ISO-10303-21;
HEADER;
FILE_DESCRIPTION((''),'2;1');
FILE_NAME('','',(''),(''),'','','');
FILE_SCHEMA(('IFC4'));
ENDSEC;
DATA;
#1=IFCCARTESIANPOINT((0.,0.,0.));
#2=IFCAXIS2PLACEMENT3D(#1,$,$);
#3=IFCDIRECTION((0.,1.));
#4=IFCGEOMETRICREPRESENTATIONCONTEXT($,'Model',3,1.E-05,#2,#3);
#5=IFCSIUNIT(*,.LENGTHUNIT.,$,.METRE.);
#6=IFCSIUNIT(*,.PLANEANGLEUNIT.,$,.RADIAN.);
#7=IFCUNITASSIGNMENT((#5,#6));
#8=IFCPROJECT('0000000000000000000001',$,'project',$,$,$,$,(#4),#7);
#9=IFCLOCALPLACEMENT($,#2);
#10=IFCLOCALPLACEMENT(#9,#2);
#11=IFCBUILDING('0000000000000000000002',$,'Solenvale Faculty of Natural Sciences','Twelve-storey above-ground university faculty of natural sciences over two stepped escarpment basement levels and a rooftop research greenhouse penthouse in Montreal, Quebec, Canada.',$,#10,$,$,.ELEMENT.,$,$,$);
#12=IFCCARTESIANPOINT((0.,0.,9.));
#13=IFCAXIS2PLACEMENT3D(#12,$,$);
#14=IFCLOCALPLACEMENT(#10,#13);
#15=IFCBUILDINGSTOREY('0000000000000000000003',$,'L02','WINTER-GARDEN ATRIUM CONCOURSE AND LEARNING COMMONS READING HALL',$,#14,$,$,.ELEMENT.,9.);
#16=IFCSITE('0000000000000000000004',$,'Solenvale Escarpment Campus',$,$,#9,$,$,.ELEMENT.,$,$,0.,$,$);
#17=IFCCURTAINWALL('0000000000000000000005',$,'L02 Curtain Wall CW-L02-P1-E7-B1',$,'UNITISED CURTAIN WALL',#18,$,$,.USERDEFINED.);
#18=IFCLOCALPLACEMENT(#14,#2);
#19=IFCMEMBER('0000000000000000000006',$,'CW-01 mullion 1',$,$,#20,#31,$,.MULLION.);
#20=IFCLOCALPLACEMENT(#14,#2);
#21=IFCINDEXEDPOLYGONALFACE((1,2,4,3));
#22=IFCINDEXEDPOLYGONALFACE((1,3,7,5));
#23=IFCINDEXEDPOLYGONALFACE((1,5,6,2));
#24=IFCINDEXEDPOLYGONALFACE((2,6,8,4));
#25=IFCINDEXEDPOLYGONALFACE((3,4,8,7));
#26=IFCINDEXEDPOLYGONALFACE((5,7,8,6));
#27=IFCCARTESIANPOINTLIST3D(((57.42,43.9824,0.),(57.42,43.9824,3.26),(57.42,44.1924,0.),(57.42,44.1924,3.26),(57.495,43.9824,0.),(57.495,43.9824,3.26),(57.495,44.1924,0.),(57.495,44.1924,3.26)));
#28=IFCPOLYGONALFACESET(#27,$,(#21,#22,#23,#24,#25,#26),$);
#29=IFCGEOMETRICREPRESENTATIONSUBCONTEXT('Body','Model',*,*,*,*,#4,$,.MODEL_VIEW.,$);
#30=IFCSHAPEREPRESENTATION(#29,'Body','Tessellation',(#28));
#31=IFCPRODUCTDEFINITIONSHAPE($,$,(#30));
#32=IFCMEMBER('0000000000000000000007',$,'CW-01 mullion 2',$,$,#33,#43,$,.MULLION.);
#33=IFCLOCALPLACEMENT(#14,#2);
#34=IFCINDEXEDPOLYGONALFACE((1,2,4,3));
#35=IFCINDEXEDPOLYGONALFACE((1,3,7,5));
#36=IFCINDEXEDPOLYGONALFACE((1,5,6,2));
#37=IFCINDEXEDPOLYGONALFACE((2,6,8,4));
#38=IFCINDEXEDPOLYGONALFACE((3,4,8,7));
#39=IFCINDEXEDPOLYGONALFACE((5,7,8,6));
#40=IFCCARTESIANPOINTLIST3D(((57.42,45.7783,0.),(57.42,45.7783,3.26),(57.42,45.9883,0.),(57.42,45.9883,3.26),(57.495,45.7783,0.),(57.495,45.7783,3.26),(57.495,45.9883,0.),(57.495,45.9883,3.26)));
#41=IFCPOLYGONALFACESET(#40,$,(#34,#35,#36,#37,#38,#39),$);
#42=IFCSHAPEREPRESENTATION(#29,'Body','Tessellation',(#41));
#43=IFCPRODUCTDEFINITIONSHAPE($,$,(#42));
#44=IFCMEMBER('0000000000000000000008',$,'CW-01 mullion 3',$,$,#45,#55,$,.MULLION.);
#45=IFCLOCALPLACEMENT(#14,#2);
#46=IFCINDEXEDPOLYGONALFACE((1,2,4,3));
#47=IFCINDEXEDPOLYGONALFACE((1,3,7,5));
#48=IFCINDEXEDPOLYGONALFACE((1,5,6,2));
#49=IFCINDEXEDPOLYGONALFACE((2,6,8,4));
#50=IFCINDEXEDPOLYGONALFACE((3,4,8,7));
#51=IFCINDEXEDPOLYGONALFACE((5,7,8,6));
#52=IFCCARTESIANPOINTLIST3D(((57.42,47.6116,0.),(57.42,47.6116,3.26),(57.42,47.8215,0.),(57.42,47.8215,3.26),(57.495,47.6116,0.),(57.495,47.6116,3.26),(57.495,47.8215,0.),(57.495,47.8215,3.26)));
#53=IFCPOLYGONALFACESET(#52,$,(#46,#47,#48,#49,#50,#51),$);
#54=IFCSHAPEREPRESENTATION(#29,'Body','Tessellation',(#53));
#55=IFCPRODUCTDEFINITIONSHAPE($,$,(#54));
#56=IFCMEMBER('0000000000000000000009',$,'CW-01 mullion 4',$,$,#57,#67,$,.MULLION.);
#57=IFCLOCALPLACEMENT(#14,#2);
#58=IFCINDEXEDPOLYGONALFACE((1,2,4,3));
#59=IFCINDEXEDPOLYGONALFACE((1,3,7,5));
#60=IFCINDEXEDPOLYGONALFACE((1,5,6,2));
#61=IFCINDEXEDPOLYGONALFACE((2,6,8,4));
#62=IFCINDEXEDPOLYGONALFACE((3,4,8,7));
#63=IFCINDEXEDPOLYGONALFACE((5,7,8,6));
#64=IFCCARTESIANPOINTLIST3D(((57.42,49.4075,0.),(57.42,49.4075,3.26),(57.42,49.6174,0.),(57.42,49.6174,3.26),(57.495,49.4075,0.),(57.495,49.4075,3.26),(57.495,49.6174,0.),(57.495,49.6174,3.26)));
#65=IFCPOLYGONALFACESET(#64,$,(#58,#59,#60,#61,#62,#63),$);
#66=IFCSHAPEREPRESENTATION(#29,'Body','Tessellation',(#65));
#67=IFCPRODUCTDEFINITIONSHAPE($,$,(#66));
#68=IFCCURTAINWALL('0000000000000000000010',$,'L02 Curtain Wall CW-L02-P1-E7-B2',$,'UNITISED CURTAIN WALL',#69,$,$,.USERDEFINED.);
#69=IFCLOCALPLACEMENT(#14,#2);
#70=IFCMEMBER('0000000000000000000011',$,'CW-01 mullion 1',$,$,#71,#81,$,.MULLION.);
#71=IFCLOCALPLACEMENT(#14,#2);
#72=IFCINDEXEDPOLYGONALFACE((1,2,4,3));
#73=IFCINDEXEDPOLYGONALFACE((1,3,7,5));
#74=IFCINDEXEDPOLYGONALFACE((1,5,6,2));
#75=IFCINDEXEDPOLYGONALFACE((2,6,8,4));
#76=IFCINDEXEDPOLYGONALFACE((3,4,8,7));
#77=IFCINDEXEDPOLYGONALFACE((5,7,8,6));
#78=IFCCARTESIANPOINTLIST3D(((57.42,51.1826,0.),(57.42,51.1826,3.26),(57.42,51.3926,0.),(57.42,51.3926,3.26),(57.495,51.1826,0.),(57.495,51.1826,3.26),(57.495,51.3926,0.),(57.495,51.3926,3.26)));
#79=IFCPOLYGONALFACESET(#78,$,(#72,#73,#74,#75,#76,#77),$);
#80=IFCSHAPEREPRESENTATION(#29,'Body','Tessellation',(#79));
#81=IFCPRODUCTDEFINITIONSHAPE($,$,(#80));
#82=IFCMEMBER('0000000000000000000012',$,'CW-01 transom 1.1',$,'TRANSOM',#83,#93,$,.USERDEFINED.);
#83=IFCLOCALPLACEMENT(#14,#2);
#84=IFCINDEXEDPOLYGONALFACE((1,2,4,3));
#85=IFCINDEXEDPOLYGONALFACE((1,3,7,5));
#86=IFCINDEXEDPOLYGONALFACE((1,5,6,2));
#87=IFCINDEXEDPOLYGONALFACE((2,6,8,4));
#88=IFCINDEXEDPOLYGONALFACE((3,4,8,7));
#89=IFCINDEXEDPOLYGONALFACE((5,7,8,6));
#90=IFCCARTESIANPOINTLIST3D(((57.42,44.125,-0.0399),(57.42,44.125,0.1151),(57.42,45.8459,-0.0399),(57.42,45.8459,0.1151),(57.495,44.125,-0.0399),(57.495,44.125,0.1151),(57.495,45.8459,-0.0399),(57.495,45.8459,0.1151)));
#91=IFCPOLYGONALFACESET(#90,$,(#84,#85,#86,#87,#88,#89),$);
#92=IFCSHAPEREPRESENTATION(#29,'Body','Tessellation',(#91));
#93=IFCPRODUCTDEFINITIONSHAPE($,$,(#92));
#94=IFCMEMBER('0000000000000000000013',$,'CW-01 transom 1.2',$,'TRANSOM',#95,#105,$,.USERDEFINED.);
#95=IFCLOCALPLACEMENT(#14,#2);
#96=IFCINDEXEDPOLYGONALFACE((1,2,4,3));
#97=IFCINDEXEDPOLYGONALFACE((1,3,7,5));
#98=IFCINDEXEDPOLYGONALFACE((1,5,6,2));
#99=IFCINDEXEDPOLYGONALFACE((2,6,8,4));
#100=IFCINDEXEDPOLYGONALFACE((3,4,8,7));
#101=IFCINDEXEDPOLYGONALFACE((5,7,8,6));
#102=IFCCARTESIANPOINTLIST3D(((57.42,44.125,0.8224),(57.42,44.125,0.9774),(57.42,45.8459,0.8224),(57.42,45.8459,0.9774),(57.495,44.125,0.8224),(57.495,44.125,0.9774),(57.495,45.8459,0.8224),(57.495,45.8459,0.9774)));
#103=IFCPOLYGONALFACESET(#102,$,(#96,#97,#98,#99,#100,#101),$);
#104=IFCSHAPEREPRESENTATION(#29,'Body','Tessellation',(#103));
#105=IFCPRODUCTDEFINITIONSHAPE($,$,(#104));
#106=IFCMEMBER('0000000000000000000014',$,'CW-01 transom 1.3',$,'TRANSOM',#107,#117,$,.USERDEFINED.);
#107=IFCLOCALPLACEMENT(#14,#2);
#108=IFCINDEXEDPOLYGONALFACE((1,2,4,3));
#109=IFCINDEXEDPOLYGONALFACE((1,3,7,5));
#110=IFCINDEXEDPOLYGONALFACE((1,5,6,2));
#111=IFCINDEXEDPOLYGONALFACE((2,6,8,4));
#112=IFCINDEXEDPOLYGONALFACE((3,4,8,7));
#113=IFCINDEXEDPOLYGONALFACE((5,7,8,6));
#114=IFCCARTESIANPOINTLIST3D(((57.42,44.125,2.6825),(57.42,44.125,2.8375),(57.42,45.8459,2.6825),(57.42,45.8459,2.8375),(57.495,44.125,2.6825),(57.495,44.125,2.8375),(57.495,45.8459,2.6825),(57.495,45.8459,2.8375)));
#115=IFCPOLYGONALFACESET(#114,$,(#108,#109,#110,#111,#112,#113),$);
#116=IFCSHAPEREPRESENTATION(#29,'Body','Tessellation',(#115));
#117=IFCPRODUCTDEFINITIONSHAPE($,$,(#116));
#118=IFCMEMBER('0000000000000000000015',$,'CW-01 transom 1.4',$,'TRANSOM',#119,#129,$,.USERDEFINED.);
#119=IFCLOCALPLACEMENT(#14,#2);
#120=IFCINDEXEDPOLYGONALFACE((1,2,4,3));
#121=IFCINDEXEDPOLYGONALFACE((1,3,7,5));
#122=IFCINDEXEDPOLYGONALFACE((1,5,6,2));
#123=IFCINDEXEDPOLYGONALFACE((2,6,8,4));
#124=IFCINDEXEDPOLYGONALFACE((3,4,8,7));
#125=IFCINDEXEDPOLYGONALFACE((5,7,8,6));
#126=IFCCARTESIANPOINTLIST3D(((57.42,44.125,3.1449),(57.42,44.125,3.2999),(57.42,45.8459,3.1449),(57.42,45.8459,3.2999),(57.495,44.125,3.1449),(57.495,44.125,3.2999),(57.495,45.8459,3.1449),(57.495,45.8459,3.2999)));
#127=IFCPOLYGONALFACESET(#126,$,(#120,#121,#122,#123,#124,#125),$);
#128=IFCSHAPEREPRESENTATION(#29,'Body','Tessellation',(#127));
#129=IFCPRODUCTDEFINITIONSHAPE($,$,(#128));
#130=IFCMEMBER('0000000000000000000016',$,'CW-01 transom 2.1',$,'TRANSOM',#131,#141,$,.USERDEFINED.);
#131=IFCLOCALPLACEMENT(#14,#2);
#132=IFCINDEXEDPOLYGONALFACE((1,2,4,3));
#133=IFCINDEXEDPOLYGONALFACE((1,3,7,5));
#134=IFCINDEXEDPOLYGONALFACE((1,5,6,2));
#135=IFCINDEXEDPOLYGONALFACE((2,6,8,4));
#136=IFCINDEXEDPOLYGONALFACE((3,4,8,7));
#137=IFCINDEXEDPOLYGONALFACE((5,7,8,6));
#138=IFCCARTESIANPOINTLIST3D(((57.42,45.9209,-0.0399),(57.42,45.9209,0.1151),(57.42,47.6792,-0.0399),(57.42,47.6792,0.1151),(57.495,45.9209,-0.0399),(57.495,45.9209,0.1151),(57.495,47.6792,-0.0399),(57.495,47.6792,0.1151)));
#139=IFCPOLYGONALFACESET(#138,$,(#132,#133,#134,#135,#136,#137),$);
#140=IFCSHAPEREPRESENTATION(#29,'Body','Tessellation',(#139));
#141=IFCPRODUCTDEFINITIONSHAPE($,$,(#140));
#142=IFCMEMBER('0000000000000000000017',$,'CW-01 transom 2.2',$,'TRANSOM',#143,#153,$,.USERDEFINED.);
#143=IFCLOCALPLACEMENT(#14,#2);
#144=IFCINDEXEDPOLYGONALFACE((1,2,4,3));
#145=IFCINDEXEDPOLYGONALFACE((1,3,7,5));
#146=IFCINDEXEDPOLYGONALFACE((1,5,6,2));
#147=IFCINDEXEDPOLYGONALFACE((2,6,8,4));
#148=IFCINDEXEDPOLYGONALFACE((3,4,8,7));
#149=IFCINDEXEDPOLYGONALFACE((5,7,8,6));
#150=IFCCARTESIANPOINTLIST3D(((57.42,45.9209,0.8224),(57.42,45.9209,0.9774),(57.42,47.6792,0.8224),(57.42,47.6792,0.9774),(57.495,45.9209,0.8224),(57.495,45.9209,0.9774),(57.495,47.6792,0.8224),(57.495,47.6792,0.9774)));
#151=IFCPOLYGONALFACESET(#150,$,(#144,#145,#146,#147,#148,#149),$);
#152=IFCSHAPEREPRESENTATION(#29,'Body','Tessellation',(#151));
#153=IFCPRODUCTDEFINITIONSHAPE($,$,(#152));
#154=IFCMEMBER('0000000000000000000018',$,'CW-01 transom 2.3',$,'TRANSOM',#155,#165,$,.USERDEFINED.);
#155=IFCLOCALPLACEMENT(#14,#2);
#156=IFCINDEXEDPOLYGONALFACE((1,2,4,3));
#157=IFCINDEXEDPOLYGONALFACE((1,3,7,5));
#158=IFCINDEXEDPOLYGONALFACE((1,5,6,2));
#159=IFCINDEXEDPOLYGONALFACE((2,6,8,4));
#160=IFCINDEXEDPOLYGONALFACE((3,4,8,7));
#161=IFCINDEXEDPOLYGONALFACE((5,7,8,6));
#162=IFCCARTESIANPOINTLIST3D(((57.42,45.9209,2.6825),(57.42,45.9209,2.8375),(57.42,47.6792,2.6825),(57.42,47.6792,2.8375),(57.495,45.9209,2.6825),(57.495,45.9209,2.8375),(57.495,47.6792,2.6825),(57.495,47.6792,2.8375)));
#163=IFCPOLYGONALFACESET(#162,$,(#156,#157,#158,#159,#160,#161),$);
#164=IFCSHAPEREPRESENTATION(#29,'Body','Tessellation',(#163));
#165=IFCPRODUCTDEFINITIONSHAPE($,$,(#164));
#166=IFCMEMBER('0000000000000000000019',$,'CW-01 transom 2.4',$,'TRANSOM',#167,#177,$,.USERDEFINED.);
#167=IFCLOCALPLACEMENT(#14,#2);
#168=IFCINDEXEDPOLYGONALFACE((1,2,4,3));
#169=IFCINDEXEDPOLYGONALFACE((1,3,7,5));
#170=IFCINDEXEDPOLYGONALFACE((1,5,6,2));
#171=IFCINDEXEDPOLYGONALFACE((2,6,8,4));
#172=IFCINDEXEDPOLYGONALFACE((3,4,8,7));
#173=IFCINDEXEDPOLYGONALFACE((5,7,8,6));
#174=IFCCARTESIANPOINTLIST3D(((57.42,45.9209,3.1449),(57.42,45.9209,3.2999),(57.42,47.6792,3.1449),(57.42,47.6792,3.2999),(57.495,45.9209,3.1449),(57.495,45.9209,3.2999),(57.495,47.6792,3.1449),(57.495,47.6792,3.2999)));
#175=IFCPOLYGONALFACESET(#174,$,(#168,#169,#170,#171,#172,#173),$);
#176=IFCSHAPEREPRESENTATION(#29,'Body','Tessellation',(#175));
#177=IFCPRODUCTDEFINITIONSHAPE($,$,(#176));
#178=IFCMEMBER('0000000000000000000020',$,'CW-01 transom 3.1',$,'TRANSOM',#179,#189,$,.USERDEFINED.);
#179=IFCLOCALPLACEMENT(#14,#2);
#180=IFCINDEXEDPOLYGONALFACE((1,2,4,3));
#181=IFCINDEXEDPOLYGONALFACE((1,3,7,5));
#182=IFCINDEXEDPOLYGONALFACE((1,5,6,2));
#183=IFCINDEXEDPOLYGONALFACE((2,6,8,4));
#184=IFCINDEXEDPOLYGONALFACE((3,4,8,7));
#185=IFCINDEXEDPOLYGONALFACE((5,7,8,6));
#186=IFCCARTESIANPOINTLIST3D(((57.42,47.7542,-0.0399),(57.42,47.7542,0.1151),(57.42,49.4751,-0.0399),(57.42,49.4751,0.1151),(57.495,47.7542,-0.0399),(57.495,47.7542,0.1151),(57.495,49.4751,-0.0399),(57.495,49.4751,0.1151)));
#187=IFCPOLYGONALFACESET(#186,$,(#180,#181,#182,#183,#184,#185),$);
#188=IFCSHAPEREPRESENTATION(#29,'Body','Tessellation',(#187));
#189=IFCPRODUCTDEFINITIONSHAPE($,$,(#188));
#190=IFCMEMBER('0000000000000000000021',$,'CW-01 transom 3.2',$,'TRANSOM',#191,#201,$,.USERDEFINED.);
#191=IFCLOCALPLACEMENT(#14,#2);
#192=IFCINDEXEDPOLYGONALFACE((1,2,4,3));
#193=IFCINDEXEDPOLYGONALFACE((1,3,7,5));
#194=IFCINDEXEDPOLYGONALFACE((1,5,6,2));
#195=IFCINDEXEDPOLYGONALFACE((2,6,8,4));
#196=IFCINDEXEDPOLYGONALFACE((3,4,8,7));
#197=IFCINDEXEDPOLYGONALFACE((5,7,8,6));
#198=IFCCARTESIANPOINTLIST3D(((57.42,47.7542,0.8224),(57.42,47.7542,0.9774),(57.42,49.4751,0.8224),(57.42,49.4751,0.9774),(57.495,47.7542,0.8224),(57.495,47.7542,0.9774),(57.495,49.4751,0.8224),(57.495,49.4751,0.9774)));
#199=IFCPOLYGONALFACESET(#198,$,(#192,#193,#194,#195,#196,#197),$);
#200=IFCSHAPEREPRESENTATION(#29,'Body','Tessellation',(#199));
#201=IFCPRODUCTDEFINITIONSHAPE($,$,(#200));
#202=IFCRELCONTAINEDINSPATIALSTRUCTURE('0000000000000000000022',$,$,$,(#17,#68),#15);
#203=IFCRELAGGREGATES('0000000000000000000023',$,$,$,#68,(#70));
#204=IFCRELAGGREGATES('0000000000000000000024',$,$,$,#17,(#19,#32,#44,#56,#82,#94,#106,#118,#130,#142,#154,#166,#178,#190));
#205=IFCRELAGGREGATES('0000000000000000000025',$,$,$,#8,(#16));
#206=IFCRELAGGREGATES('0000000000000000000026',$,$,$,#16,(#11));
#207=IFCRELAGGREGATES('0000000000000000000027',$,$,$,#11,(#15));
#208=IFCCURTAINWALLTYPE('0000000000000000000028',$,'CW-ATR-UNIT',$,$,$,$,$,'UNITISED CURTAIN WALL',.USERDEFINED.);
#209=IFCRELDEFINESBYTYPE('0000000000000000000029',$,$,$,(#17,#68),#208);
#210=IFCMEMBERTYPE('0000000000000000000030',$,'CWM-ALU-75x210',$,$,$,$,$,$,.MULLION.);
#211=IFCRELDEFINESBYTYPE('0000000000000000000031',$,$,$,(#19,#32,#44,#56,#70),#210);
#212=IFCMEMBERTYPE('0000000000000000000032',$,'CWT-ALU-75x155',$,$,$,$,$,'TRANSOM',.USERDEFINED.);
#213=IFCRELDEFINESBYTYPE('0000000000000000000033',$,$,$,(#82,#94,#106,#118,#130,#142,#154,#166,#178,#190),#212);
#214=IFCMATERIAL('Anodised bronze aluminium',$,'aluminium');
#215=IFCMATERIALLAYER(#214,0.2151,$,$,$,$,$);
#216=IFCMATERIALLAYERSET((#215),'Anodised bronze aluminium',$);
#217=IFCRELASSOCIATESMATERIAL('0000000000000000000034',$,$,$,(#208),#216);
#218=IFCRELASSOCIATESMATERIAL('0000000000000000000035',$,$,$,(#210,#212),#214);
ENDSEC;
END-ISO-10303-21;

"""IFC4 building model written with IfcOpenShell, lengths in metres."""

from ifc_helpers import new_model, si_unit, direction, frame, origin, origin_2d, place, context, subcontext, project, spatial, rectangle, extrude, material, layer, layer_set, material_profile, profile_set, type_object, element, aggregate, save


model = new_model("IFC4")

# Units and contexts
model_context = context("Model", 3, precision=1e-05, world=origin(), true_north=direction((0.0, 1.0)))
body_context = subcontext(model_context, "Body", "Model", "MODEL_VIEW")
ifc_project = project(units=[si_unit("LENGTHUNIT", "METRE"), si_unit("PLANEANGLEUNIT", "RADIAN")], contexts=[model_context])

# Site, building, storey
site_placement = place(None, origin())
site = spatial("IfcSite", under=ifc_project, at=site_placement, Name="Solenvale Escarpment Campus", CompositionType="ELEMENT", RefElevation=0.0)
building_placement = place(site_placement, origin())
building = spatial("IfcBuilding", under=site, at=building_placement, Name="Solenvale Faculty of Natural Sciences", Description="Twelve-storey above-ground university faculty of natural sciences over two stepped escarpment basement levels and a rooftop research greenhouse penthouse in Montreal, Quebec, Canada.", CompositionType="ELEMENT")
storey_placement = place(building_placement, frame((0.0, 0.0, 9.0)))
storey = spatial("IfcBuildingStorey", under=building, at=storey_placement, Name="L02", Description="WINTER-GARDEN ATRIUM CONCOURSE AND LEARNING COMMONS READING HALL", CompositionType="ELEMENT", Elevation=9.0)

# Curtain wall, members
ifc_material_1 = material(Name="Anodised bronze aluminium", Category="aluminium")
ifc_layer_1 = layer(ifc_material_1, 0.2151)
ifc_layer_set_1 = layer_set([ifc_layer_1], Name="Anodised bronze aluminium")
curtain_wall_type = type_object("IfcCurtainWallType", Name="CW-ATR-UNIT", ElementType="UNITISED CURTAIN WALL", PredefinedType="USERDEFINED", material=ifc_layer_set_1)
curtain_wall_1_placement = place(storey_placement, origin())
curtain_wall_1 = element("IfcCurtainWall", 1, at=curtain_wall_1_placement, inside=storey, type_object=curtain_wall_type, Name="L02 Curtain Wall CW-L02-P1-E7-B1", ObjectType="UNITISED CURTAIN WALL", PredefinedType="USERDEFINED")
ifc_material_profile_1 = material_profile(ifc_material_1, rectangle(XDim=0.075, YDim=0.21, at=origin_2d()), Name="ALU-MUL-75x210")
ifc_profile_set_1 = profile_set([ifc_material_profile_1], Name="Anodised bronze aluminium")
member_type_1 = type_object("IfcMemberType", Name="CWM-ALU-75x210", PredefinedType="MULLION", material=ifc_profile_set_1)
member_1_placement = place(storey_placement, frame((57.4575, 44.0874, 0.0), z_axis=(0.0, 0.0, 1.0), x_axis=(-1.0, 0.0, 0.0)))
member_1 = element("IfcMember", 2, at=member_1_placement, type_object=member_type_1, Name="CW-01 mullion 1", PredefinedType="MULLION", context=body_context, shape_type="SweptSolid", body=[
    extrude(rectangle(XDim=0.075, YDim=0.21, at=origin_2d()), origin(), (0.0, 0.0, 1.0), 3.26),
])
member_2_placement = place(storey_placement, frame((57.4575, 45.8833, 0.0), z_axis=(0.0, 0.0, 1.0), x_axis=(-1.0, 0.0, 0.0)))
member_2 = element("IfcMember", 3, at=member_2_placement, type_object=member_type_1, Name="CW-01 mullion 2", PredefinedType="MULLION", context=body_context, shape_type="SweptSolid", body=[
    extrude(rectangle(XDim=0.075, YDim=0.21, at=origin_2d()), origin(), (0.0, 0.0, 1.0), 3.26),
])
member_3_placement = place(storey_placement, frame((57.4575, 47.7166, 0.0), z_axis=(0.0, 0.0, 1.0), x_axis=(-1.0, 0.0, 0.0)))
member_3 = element("IfcMember", 4, at=member_3_placement, type_object=member_type_1, Name="CW-01 mullion 3", PredefinedType="MULLION", context=body_context, shape_type="SweptSolid", body=[
    extrude(rectangle(XDim=0.075, YDim=0.21, at=origin_2d()), origin(), (0.0, 0.0, 1.0), 3.26),
])
member_4_placement = place(storey_placement, frame((57.4575, 49.5125, 0.0), z_axis=(0.0, 0.0, 1.0), x_axis=(-1.0, 0.0, 0.0)))
member_4 = element("IfcMember", 5, at=member_4_placement, type_object=member_type_1, Name="CW-01 mullion 4", PredefinedType="MULLION", context=body_context, shape_type="SweptSolid", body=[
    extrude(rectangle(XDim=0.075, YDim=0.21, at=origin_2d()), origin(), (0.0, 0.0, 1.0), 3.26),
])

# Curtain wall, member
curtain_wall_2_placement = place(storey_placement, origin())
curtain_wall_2 = element("IfcCurtainWall", 6, at=curtain_wall_2_placement, inside=storey, type_object=curtain_wall_type, Name="L02 Curtain Wall CW-L02-P1-E7-B2", ObjectType="UNITISED CURTAIN WALL", PredefinedType="USERDEFINED")
member_5_placement = place(storey_placement, frame((57.4575, 51.2876, 0.0), z_axis=(0.0, 0.0, 1.0), x_axis=(-1.0, 0.0, 0.0)))
member_5 = element("IfcMember", 7, at=member_5_placement, type_object=member_type_1, Name="CW-01 mullion 1", PredefinedType="MULLION", context=body_context, shape_type="SweptSolid", body=[
    extrude(rectangle(XDim=0.075, YDim=0.21, at=origin_2d()), origin(), (0.0, 0.0, 1.0), 3.26),
])

# Members
ifc_material_profile_2 = material_profile(ifc_material_1, rectangle(XDim=0.075, YDim=0.155, at=origin_2d()), Name="ALU-TRN-75x155")
ifc_profile_set_2 = profile_set([ifc_material_profile_2], Name="Anodised bronze aluminium")
member_type_2 = type_object("IfcMemberType", Name="CWT-ALU-75x155", ElementType="TRANSOM", PredefinedType="USERDEFINED", material=ifc_profile_set_2)
member_6_placement = place(storey_placement, frame((57.4575, 44.125, 0.0376), z_axis=(0.0, 1.0, 0.0), x_axis=(-1.0, 0.0, 0.0)))
member_6 = element("IfcMember", 8, at=member_6_placement, type_object=member_type_2, Name="CW-01 transom 1.1", ObjectType="TRANSOM", PredefinedType="USERDEFINED", context=body_context, shape_type="SweptSolid", body=[
    extrude(rectangle(XDim=0.075, YDim=0.155, at=origin_2d()), origin(), (0.0, 0.0, 1.0), 1.7209),
])
member_7_placement = place(storey_placement, frame((57.4575, 44.125, 0.8999), z_axis=(0.0, 1.0, 0.0), x_axis=(-1.0, 0.0, 0.0)))
member_7 = element("IfcMember", 9, at=member_7_placement, type_object=member_type_2, Name="CW-01 transom 1.2", ObjectType="TRANSOM", PredefinedType="USERDEFINED", context=body_context, shape_type="SweptSolid", body=[
    extrude(rectangle(XDim=0.075, YDim=0.155, at=origin_2d()), origin(), (0.0, 0.0, 1.0), 1.7209),
])
member_8_placement = place(storey_placement, frame((57.4575, 44.125, 2.76), z_axis=(0.0, 1.0, 0.0), x_axis=(-1.0, 0.0, 0.0)))
member_8 = element("IfcMember", 10, at=member_8_placement, type_object=member_type_2, Name="CW-01 transom 1.3", ObjectType="TRANSOM", PredefinedType="USERDEFINED", context=body_context, shape_type="SweptSolid", body=[
    extrude(rectangle(XDim=0.075, YDim=0.155, at=origin_2d()), origin(), (0.0, 0.0, 1.0), 1.7209),
])
member_9_placement = place(storey_placement, frame((57.4575, 44.125, 3.2224), z_axis=(0.0, 1.0, 0.0), x_axis=(-1.0, 0.0, 0.0)))
member_9 = element("IfcMember", 11, at=member_9_placement, type_object=member_type_2, Name="CW-01 transom 1.4", ObjectType="TRANSOM", PredefinedType="USERDEFINED", context=body_context, shape_type="SweptSolid", body=[
    extrude(rectangle(XDim=0.075, YDim=0.155, at=origin_2d()), origin(), (0.0, 0.0, 1.0), 1.7209),
])
member_10_placement = place(storey_placement, frame((57.4575, 45.9209, 0.0376), z_axis=(0.0, 1.0, 0.0), x_axis=(-1.0, 0.0, 0.0)))
member_10 = element("IfcMember", 12, at=member_10_placement, type_object=member_type_2, Name="CW-01 transom 2.1", ObjectType="TRANSOM", PredefinedType="USERDEFINED", context=body_context, shape_type="SweptSolid", body=[
    extrude(rectangle(XDim=0.075, YDim=0.155, at=origin_2d()), origin(), (0.0, 0.0, 1.0), 1.7583),
])
member_11_placement = place(storey_placement, frame((57.4575, 45.9209, 0.8999), z_axis=(0.0, 1.0, 0.0), x_axis=(-1.0, 0.0, 0.0)))
member_11 = element("IfcMember", 13, at=member_11_placement, type_object=member_type_2, Name="CW-01 transom 2.2", ObjectType="TRANSOM", PredefinedType="USERDEFINED", context=body_context, shape_type="SweptSolid", body=[
    extrude(rectangle(XDim=0.075, YDim=0.155, at=origin_2d()), origin(), (0.0, 0.0, 1.0), 1.7583),
])
member_12_placement = place(storey_placement, frame((57.4575, 45.9209, 2.76), z_axis=(0.0, 1.0, 0.0), x_axis=(-1.0, 0.0, 0.0)))
member_12 = element("IfcMember", 14, at=member_12_placement, type_object=member_type_2, Name="CW-01 transom 2.3", ObjectType="TRANSOM", PredefinedType="USERDEFINED", context=body_context, shape_type="SweptSolid", body=[
    extrude(rectangle(XDim=0.075, YDim=0.155, at=origin_2d()), origin(), (0.0, 0.0, 1.0), 1.7583),
])
member_13_placement = place(storey_placement, frame((57.4575, 45.9209, 3.2224), z_axis=(0.0, 1.0, 0.0), x_axis=(-1.0, 0.0, 0.0)))
member_13 = element("IfcMember", 15, at=member_13_placement, type_object=member_type_2, Name="CW-01 transom 2.4", ObjectType="TRANSOM", PredefinedType="USERDEFINED", context=body_context, shape_type="SweptSolid", body=[
    extrude(rectangle(XDim=0.075, YDim=0.155, at=origin_2d()), origin(), (0.0, 0.0, 1.0), 1.7583),
])
member_14_placement = place(storey_placement, frame((57.4575, 47.7542, 0.0376), z_axis=(0.0, 1.0, 0.0), x_axis=(-1.0, 0.0, 0.0)))
member_14 = element("IfcMember", 16, at=member_14_placement, type_object=member_type_2, Name="CW-01 transom 3.1", ObjectType="TRANSOM", PredefinedType="USERDEFINED", context=body_context, shape_type="SweptSolid", body=[
    extrude(rectangle(XDim=0.075, YDim=0.155, at=origin_2d()), origin(), (0.0, 0.0, 1.0), 1.7209),
])
member_15_placement = place(storey_placement, frame((57.4575, 47.7542, 0.8999), z_axis=(0.0, 1.0, 0.0), x_axis=(-1.0, 0.0, 0.0)))
member_15 = element("IfcMember", 17, at=member_15_placement, type_object=member_type_2, Name="CW-01 transom 3.2", ObjectType="TRANSOM", PredefinedType="USERDEFINED", context=body_context, shape_type="SweptSolid", body=[
    extrude(rectangle(XDim=0.075, YDim=0.155, at=origin_2d()), origin(), (0.0, 0.0, 1.0), 1.7209),
])
aggregate(curtain_wall_2, [member_5])

aggregate(curtain_wall_1, [member_1, member_2, member_3, member_4, member_6, member_7, member_8, member_9, member_10, member_11, member_12, member_13, member_14, member_15])

save(model, "model.ifc")
